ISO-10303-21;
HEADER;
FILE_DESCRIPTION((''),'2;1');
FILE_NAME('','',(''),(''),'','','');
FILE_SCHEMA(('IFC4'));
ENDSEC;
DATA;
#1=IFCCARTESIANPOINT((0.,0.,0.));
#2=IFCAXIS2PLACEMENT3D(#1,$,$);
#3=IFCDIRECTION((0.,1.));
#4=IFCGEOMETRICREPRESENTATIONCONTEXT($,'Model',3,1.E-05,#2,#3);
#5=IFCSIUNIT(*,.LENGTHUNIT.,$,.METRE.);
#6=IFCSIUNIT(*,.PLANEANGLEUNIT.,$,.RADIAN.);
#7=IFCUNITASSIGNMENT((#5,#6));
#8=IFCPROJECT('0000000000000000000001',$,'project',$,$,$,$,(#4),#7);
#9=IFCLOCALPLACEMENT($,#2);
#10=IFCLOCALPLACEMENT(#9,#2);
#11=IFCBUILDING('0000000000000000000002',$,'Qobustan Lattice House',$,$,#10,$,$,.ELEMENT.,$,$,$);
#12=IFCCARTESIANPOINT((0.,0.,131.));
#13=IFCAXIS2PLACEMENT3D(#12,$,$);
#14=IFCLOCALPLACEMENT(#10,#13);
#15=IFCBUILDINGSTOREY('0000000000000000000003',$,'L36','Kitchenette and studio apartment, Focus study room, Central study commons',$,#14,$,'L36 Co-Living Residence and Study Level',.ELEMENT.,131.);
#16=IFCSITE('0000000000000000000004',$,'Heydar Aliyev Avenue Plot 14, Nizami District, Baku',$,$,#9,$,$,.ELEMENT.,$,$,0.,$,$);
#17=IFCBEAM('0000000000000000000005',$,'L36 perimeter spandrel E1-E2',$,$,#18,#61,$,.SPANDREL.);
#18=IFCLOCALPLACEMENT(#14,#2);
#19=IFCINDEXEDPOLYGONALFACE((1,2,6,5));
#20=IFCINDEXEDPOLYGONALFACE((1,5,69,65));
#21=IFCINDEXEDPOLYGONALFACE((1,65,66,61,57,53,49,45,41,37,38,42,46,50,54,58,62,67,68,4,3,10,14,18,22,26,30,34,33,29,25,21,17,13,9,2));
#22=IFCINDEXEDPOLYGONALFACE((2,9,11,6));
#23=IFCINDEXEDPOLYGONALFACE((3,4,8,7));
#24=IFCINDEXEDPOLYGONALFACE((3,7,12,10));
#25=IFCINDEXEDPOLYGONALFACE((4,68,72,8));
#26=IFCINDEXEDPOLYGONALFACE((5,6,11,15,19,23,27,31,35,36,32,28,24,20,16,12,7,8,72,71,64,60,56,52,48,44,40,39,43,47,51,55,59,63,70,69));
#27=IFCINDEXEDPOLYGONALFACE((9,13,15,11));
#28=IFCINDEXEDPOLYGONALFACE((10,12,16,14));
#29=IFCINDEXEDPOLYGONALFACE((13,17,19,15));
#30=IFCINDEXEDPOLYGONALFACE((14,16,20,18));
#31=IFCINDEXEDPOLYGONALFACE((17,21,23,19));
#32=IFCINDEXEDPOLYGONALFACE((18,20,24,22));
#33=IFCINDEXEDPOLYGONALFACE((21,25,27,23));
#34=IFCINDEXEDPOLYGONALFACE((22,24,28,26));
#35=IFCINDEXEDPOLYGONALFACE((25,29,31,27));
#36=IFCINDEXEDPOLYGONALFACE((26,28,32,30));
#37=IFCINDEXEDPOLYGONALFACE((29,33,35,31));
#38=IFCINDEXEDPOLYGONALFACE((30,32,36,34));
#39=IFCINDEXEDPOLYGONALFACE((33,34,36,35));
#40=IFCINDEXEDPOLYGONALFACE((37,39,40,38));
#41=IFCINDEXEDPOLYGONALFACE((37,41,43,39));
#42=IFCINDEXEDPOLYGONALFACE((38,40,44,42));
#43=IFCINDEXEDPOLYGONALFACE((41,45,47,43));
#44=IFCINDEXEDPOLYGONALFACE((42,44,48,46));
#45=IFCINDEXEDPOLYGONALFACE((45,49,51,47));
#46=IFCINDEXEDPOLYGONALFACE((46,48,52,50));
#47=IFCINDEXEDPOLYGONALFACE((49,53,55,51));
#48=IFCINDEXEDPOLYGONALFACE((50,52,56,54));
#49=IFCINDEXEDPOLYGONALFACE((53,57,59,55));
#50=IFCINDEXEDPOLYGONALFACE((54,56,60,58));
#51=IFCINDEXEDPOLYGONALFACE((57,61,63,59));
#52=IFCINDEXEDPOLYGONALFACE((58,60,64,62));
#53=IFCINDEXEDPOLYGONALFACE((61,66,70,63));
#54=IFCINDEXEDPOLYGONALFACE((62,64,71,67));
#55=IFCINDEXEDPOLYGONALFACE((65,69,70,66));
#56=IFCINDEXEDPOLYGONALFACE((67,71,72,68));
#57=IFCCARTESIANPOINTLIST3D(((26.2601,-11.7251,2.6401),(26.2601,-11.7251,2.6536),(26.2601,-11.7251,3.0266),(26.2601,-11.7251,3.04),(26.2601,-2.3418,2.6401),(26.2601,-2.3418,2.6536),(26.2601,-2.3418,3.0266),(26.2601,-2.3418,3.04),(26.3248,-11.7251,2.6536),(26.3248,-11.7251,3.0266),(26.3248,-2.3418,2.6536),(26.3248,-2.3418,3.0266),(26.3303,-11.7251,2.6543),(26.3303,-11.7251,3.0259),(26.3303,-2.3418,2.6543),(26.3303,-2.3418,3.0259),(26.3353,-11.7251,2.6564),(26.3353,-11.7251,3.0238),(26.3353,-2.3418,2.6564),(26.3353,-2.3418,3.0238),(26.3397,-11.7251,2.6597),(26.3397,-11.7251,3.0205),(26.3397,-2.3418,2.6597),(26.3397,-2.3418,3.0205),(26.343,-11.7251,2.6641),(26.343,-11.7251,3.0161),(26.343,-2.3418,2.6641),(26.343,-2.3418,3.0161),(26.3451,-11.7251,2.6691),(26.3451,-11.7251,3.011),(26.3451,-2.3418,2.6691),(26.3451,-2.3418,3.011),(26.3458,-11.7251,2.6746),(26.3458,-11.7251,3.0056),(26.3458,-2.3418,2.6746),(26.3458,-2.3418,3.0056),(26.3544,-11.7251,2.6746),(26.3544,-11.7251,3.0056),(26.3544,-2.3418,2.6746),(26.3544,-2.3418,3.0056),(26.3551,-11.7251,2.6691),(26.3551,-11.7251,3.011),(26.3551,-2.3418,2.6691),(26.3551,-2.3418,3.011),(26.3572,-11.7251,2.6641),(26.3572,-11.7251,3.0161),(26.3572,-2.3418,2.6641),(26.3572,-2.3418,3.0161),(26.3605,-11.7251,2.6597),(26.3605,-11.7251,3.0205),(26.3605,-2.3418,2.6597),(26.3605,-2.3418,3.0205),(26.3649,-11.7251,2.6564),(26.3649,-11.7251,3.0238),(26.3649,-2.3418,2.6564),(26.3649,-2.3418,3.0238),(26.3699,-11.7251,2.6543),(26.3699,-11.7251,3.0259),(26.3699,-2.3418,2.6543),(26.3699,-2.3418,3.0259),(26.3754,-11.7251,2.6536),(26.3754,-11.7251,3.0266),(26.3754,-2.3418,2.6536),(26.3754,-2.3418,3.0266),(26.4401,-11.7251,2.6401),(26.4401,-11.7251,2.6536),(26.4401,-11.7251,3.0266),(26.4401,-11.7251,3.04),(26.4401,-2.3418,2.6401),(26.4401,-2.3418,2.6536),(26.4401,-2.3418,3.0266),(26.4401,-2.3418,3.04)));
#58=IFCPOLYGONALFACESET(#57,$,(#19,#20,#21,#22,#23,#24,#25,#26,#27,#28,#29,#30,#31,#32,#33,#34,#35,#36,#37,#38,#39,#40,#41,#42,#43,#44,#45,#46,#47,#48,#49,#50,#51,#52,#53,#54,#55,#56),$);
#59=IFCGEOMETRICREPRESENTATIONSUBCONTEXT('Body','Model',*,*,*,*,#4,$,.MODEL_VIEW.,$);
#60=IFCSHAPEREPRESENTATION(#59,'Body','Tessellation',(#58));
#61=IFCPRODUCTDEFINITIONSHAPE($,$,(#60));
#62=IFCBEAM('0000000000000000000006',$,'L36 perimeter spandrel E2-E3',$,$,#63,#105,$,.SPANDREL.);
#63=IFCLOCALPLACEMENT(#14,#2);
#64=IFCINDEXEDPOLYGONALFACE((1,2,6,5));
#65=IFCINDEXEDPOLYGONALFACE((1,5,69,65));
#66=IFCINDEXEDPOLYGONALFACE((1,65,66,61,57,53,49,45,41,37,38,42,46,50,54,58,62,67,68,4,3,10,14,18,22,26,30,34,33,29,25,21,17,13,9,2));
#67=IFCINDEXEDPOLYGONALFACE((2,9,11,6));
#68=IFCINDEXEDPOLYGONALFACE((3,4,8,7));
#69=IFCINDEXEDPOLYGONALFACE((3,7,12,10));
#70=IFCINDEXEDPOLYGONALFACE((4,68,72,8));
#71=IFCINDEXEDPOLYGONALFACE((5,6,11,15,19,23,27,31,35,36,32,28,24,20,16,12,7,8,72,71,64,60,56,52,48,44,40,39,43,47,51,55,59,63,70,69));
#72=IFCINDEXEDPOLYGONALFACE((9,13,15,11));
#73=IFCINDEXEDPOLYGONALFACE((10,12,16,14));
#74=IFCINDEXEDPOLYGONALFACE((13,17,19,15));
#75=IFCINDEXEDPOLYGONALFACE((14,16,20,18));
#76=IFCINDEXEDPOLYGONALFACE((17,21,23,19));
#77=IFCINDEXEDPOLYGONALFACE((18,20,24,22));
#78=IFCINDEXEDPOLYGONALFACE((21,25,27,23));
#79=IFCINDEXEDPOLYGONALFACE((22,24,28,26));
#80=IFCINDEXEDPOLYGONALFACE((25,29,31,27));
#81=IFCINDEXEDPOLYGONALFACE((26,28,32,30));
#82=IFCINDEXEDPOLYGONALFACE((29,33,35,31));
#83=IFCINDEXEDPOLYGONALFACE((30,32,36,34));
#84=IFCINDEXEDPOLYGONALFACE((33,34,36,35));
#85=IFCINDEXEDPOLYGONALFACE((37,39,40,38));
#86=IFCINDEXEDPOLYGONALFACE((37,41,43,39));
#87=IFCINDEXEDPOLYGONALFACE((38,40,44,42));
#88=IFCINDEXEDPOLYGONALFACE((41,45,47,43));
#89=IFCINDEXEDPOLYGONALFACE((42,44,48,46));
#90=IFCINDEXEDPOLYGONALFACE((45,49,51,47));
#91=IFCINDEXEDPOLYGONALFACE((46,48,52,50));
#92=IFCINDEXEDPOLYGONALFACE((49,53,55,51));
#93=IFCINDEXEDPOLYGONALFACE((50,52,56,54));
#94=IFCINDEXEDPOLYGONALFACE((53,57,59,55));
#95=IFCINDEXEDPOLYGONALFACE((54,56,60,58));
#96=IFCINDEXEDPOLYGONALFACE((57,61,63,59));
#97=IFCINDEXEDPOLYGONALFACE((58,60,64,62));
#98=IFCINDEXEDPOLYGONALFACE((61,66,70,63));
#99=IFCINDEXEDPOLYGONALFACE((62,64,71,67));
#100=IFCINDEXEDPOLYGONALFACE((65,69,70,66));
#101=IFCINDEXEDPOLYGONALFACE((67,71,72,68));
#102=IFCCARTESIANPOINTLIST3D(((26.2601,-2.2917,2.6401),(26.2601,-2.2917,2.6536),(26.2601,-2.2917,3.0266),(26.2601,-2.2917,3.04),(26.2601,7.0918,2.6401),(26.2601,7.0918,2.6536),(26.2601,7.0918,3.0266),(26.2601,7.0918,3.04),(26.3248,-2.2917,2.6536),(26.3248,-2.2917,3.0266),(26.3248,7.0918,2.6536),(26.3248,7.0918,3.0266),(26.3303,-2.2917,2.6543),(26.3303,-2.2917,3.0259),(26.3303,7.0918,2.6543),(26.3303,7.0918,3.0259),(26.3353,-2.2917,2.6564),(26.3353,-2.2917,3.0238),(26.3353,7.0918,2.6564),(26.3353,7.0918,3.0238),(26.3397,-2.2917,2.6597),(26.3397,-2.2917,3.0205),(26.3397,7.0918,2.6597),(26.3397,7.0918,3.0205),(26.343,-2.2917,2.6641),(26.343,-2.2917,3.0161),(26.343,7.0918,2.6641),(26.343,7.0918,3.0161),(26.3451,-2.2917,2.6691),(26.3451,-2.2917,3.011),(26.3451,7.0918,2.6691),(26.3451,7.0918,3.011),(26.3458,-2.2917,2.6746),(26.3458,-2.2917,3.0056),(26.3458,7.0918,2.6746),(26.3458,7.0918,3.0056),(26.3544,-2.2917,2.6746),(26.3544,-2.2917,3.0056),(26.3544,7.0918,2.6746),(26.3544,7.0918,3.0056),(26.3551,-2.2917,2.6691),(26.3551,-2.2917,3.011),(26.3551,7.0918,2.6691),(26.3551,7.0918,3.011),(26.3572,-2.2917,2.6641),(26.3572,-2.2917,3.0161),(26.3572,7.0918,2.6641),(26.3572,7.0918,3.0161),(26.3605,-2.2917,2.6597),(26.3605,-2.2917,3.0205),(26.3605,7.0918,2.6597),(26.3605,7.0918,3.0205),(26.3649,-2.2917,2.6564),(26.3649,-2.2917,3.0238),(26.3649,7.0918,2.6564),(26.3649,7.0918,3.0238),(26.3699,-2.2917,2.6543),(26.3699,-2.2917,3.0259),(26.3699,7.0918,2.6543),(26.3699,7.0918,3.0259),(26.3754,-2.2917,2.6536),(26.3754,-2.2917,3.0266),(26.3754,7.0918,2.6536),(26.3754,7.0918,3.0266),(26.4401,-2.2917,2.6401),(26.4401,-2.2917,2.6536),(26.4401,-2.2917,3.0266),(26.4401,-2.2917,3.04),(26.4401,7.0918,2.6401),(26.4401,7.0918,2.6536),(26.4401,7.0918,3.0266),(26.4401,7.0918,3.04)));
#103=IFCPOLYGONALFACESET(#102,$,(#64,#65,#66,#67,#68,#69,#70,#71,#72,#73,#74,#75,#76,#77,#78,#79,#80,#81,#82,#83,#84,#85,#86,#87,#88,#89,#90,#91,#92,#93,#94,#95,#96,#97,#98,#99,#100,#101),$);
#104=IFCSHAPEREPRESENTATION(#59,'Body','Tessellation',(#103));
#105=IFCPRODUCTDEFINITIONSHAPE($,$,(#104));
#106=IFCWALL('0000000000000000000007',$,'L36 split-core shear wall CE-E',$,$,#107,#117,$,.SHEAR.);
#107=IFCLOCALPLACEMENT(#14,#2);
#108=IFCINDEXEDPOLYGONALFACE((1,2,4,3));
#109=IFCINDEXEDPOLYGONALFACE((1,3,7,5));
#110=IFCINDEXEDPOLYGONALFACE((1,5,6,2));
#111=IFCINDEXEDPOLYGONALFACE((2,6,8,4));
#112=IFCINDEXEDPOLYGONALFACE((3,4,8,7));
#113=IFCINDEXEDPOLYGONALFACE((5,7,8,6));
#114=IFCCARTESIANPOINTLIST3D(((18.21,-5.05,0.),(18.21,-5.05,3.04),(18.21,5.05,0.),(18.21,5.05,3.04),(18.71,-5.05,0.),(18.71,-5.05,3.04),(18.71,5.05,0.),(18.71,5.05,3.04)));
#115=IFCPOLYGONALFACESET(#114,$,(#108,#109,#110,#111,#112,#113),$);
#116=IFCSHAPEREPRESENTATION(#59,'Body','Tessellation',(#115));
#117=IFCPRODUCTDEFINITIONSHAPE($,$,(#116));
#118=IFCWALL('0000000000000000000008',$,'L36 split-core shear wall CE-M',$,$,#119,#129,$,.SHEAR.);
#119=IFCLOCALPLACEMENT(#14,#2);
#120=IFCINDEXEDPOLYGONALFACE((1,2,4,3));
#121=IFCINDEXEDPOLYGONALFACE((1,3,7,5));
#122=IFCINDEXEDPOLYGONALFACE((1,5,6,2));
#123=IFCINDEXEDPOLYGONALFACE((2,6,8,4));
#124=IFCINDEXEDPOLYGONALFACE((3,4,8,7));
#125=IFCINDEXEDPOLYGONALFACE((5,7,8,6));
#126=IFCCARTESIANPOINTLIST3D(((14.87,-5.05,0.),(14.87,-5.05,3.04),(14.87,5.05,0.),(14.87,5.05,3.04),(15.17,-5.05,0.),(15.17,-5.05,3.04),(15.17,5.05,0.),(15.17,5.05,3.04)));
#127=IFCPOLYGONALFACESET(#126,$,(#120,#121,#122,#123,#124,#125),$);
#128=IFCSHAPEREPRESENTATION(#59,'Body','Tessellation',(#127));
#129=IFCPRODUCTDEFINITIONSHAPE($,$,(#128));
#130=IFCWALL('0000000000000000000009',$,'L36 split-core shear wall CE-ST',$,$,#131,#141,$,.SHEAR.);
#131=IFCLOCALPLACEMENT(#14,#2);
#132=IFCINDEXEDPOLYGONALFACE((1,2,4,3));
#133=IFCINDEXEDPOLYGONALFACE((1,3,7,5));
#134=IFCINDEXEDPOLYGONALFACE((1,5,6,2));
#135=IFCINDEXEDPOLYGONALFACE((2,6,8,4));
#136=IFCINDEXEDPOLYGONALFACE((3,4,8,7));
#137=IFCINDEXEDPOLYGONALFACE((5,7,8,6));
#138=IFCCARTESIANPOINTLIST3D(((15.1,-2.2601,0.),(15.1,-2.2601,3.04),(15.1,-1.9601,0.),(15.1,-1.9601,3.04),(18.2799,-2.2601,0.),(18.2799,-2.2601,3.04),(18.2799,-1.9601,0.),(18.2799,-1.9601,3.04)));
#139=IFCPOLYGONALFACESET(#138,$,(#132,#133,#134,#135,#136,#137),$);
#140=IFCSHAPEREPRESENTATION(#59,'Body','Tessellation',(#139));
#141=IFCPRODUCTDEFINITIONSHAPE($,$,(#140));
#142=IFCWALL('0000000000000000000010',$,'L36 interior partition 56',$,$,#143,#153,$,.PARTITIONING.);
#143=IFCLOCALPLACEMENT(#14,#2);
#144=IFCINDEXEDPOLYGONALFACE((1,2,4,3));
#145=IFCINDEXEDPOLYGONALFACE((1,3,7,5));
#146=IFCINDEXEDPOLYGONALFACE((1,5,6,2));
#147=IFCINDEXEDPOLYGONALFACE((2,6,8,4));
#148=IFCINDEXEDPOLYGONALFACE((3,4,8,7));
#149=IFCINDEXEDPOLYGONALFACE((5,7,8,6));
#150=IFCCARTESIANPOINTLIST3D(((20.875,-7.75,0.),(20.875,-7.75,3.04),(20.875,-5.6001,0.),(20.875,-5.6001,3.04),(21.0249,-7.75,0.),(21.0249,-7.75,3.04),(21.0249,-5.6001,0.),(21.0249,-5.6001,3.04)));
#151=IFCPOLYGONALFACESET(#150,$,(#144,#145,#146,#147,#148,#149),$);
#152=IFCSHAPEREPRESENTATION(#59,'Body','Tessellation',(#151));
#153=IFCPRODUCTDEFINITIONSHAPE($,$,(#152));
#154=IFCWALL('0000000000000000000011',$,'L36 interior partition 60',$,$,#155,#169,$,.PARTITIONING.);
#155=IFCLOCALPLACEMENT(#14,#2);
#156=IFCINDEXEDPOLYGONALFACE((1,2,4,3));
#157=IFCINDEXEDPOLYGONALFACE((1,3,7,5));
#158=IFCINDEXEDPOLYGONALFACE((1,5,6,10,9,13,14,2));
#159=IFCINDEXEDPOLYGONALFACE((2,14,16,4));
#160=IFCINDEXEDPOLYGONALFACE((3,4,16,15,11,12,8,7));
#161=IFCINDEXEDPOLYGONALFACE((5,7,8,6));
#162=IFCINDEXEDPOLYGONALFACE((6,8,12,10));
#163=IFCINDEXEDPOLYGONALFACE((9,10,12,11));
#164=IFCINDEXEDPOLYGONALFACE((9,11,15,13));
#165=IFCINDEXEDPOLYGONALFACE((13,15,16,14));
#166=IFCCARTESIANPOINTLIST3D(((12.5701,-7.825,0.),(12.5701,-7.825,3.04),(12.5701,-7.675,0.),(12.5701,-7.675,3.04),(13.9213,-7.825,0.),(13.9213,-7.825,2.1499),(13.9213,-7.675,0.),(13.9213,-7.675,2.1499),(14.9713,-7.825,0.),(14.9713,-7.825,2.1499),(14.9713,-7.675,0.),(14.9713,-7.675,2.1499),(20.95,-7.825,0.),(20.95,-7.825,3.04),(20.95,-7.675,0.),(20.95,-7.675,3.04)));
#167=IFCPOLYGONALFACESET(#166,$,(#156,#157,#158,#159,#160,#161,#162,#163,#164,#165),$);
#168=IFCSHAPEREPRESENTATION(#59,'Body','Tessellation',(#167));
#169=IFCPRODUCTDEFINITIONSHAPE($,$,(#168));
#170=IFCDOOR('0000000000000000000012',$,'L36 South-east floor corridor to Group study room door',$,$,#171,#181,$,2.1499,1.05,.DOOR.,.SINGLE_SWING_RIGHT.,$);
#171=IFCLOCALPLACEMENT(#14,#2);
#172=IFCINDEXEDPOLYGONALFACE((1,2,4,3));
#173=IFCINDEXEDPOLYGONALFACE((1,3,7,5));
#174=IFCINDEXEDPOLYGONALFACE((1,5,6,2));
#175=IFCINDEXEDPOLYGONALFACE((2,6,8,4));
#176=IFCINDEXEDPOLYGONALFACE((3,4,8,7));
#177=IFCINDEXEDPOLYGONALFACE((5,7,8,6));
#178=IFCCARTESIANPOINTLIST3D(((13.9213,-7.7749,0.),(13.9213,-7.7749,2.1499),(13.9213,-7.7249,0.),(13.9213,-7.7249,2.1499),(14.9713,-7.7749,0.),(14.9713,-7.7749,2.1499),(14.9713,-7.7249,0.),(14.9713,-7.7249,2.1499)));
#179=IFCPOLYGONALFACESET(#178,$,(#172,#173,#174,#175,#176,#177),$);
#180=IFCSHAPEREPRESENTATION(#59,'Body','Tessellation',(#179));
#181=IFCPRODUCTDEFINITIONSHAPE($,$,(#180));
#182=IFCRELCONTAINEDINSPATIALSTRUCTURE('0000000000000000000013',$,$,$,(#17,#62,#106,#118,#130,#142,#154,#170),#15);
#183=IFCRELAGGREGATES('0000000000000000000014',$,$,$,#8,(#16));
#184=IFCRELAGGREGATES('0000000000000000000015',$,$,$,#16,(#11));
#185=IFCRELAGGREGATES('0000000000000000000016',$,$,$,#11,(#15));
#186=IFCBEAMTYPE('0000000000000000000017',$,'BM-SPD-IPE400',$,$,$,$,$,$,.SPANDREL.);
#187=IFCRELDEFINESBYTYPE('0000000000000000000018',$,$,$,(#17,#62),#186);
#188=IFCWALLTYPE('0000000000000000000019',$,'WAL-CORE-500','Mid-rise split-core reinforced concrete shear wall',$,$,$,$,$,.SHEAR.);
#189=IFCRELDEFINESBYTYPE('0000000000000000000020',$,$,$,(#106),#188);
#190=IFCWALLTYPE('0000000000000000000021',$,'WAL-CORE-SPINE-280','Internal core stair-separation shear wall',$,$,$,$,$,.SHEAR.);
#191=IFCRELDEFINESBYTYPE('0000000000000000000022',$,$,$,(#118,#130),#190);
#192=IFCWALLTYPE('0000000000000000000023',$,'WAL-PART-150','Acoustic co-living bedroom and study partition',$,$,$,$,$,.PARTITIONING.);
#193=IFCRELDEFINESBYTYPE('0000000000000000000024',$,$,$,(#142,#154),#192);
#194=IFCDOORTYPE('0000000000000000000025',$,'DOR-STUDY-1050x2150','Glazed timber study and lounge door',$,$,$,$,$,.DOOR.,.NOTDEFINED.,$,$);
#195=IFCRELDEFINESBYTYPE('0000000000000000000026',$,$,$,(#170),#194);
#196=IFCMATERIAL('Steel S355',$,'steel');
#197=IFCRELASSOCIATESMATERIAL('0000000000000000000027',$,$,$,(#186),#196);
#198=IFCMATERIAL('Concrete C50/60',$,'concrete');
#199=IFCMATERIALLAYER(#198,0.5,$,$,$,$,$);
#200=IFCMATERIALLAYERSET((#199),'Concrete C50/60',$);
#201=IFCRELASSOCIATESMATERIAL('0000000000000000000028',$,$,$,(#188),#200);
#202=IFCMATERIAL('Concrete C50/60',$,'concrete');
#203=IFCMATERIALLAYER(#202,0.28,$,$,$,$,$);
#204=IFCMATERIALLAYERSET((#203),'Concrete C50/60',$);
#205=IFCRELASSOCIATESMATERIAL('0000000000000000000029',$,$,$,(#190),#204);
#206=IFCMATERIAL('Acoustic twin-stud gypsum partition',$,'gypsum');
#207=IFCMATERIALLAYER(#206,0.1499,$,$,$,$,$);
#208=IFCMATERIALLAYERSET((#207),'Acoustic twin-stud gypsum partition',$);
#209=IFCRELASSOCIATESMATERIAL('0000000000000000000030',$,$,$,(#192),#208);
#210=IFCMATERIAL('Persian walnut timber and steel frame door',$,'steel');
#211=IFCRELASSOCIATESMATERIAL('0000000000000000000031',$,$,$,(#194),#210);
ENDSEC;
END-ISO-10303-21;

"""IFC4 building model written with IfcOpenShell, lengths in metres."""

from ifc_helpers import new_model, si_unit, direction, frame, frame_2d, origin, origin_2d, place, context, subcontext, project, spatial, rectangle, i_section, extrude, material, layer, layer_set, material_profile, profile_set, type_object, element, fill, save


model = new_model("IFC4")

# Units and contexts
model_context = context("Model", 3, precision=1e-05, world=origin(), true_north=direction((0.0, 1.0)))
body_context = subcontext(model_context, "Body", "Model", "MODEL_VIEW")
ifc_project = project(units=[si_unit("LENGTHUNIT", "METRE"), si_unit("PLANEANGLEUNIT", "RADIAN")], contexts=[model_context])

# Site, building, storey
site_placement = place(None, origin())
site = spatial("IfcSite", under=ifc_project, at=site_placement, Name="Heydar Aliyev Avenue Plot 14, Nizami District, Baku", CompositionType="ELEMENT", RefElevation=0.0)
building_placement = place(site_placement, origin())
building = spatial("IfcBuilding", under=site, at=building_placement, Name="Qobustan Lattice House", CompositionType="ELEMENT")
storey_placement = place(building_placement, frame((0.0, 0.0, 131.0)))
storey = spatial("IfcBuildingStorey", under=building, at=storey_placement, Name="L36", Description="Kitchenette and studio apartment, Focus study room, Central study commons", LongName="L36 Co-Living Residence and Study Level", CompositionType="ELEMENT", Elevation=131.0)

# Beams
ifc_material_1 = material(Name="Steel S355", Category="steel")
ifc_material_profile_1 = material_profile(ifc_material_1, i_section(OverallWidth=0.1799, OverallDepth=0.3999, WebThickness=0.0085, FlangeThickness=0.0134, FilletRadius=0.021, at=origin_2d()), Name="IPE400")
ifc_profile_set_1 = profile_set([ifc_material_profile_1], Name="Steel S355")
beam_type_1 = type_object("IfcBeamType", Name="BM-SPD-IPE400", PredefinedType="SPANDREL", material=ifc_profile_set_1)
beam_1_placement = place(storey_placement, frame((26.3501, -11.7251, 2.8401), z_axis=(0.0, 1.0, 0.0), x_axis=(-1.0, 0.0, 0.0)))
element("IfcBeam", 1, at=beam_1_placement, inside=storey, type_object=beam_type_1, Name="L36 perimeter spandrel E1-E2", PredefinedType="SPANDREL", context=body_context, shape_type="SweptSolid", body=[
    extrude(i_section(OverallWidth=0.1799, OverallDepth=0.3999, WebThickness=0.0085, FlangeThickness=0.0134, FilletRadius=0.021, at=origin_2d()), origin(), (0.0, 0.0, 1.0), 9.3833),
])
beam_2_placement = place(storey_placement, frame((26.3501, -2.2917, 2.8401), z_axis=(0.0, 1.0, 0.0), x_axis=(-1.0, 0.0, 0.0)))
element("IfcBeam", 2, at=beam_2_placement, inside=storey, type_object=beam_type_1, Name="L36 perimeter spandrel E2-E3", PredefinedType="SPANDREL", context=body_context, shape_type="SweptSolid", body=[
    extrude(i_section(OverallWidth=0.1799, OverallDepth=0.3999, WebThickness=0.0085, FlangeThickness=0.0134, FilletRadius=0.021, at=origin_2d()), origin(), (0.0, 0.0, 1.0), 9.3835),
])

# Walls
ifc_material_2 = material(Name="Concrete C50/60", Category="concrete")
ifc_layer_1 = layer(ifc_material_2, 0.5)
ifc_layer_set_1 = layer_set([ifc_layer_1], Name="Concrete C50/60")
wall_type_1 = type_object("IfcWallType", Name="WAL-CORE-500", Description="Mid-rise split-core reinforced concrete shear wall", PredefinedType="SHEAR", material=ifc_layer_set_1)
wall_1_placement = place(storey_placement, frame((18.46, -5.05, 0.0), z_axis=(0.0, 0.0, 1.0), x_axis=(0.0, 1.0, 0.0)))
element("IfcWall", 3, at=wall_1_placement, inside=storey, type_object=wall_type_1, Name="L36 split-core shear wall CE-E", PredefinedType="SHEAR", context=body_context, shape_type="SweptSolid", body=[
    extrude(rectangle(XDim=10.1001, YDim=0.5, at=frame_2d((5.05, 0.0))), origin(), (0.0, 0.0, 1.0), 3.04),
])
ifc_material_3 = material(Name="Concrete C50/60", Category="concrete")
ifc_layer_2 = layer(ifc_material_3, 0.28)
ifc_layer_set_2 = layer_set([ifc_layer_2], Name="Concrete C50/60")
wall_type_2 = type_object("IfcWallType", Name="WAL-CORE-SPINE-280", Description="Internal core stair-separation shear wall", PredefinedType="SHEAR", material=ifc_layer_set_2)
wall_2_placement = place(storey_placement, frame((15.02, -5.05, 0.0), z_axis=(0.0, 0.0, 1.0), x_axis=(0.0, 1.0, 0.0)))
element("IfcWall", 4, at=wall_2_placement, inside=storey, type_object=wall_type_2, Name="L36 split-core shear wall CE-M", PredefinedType="SHEAR", context=body_context, shape_type="SweptSolid", body=[
    extrude(rectangle(XDim=10.1001, YDim=0.3, at=frame_2d((5.05, 0.0))), origin(), (0.0, 0.0, 1.0), 3.04),
])
wall_3_placement = place(storey_placement, frame((15.1001, -2.1101, 0.0), z_axis=(0.0, 0.0, 1.0), x_axis=(1.0, 0.0, 0.0)))
element("IfcWall", 5, at=wall_3_placement, inside=storey, type_object=wall_type_2, Name="L36 split-core shear wall CE-ST", PredefinedType="SHEAR", context=body_context, shape_type="SweptSolid", body=[
    extrude(rectangle(XDim=3.1799, YDim=0.3, at=frame_2d((1.5898, 0.0))), origin(), (0.0, 0.0, 1.0), 3.04),
])
ifc_material_4 = material(Name="Acoustic twin-stud gypsum partition", Category="gypsum")
ifc_layer_3 = layer(ifc_material_4, 0.1499)
ifc_layer_set_3 = layer_set([ifc_layer_3], Name="Acoustic twin-stud gypsum partition")
wall_type_3 = type_object("IfcWallType", Name="WAL-PART-150", Description="Acoustic co-living bedroom and study partition", PredefinedType="PARTITIONING", material=ifc_layer_set_3)
wall_4_placement = place(storey_placement, frame((20.95, -5.6001, 0.0), z_axis=(0.0, 0.0, 1.0), x_axis=(0.0, -1.0, 0.0)))
element("IfcWall", 6, at=wall_4_placement, inside=storey, type_object=wall_type_3, Name="L36 interior partition 56", PredefinedType="PARTITIONING", context=body_context, shape_type="SweptSolid", body=[
    extrude(rectangle(XDim=2.1499, YDim=0.1499, at=frame_2d((1.075, 0.0))), origin(), (0.0, 0.0, 1.0), 3.04),
])

# Wall, opening, door
wall_5_placement = place(storey_placement, frame((20.95, -7.75, 0.0), z_axis=(0.0, 0.0, 1.0), x_axis=(-1.0, 0.0, 0.0)))
wall_5 = element("IfcWall", 7, at=wall_5_placement, inside=storey, type_object=wall_type_3, Name="L36 interior partition 60", PredefinedType="PARTITIONING", context=body_context, shape_type="SweptSolid", body=[
    extrude(rectangle(XDim=8.3799, YDim=0.1499, at=frame_2d((4.1899, 0.0))), origin(), (0.0, 0.0, 1.0), 3.04),
])
opening_1_placement = place(wall_5_placement, frame((5.9788, 0.0, 0.0)))
opening_1 = element("IfcOpeningElement", 8, at=opening_1_placement, cuts=wall_5, PredefinedType="OPENING", context=body_context, shape_type="SweptSolid", body=[
    extrude(rectangle(XDim=1.05, YDim=2.1499, at=frame_2d((0.5249, 1.075))), frame((0.0, 0.085, 0.0), z_axis=(0.0, -1.0, 0.0), x_axis=(1.0, 0.0, 0.0)), (0.0, 0.0, 1.0), 0.1699),
])
ifc_material_5 = material(Name="Persian walnut timber and steel frame door", Category="steel")
door_type_1 = type_object("IfcDoorType", Name="DOR-STUDY-1050x2150", Description="Glazed timber study and lounge door", OperationType="NOTDEFINED", PredefinedType="DOOR", material=ifc_material_5)
door_1_placement = place(opening_1_placement, origin())
door_1 = element("IfcDoor", 9, at=door_1_placement, inside=storey, type_object=door_type_1, Name="L36 South-east floor corridor to Group study room door", OperationType="SINGLE_SWING_RIGHT", OverallHeight=2.1499, OverallWidth=1.05, PredefinedType="DOOR", context=body_context, shape_type="SweptSolid", body=[
    extrude(rectangle(XDim=1.05, YDim=2.1499, at=frame_2d((0.5249, 1.075))), frame((0.0, 0.0249, 0.0), z_axis=(0.0, -1.0, 0.0), x_axis=(1.0, 0.0, 0.0)), (0.0, 0.0, 1.0), 0.05),
])
fill(opening_1, door_1)

save(model, "model.ifc")
